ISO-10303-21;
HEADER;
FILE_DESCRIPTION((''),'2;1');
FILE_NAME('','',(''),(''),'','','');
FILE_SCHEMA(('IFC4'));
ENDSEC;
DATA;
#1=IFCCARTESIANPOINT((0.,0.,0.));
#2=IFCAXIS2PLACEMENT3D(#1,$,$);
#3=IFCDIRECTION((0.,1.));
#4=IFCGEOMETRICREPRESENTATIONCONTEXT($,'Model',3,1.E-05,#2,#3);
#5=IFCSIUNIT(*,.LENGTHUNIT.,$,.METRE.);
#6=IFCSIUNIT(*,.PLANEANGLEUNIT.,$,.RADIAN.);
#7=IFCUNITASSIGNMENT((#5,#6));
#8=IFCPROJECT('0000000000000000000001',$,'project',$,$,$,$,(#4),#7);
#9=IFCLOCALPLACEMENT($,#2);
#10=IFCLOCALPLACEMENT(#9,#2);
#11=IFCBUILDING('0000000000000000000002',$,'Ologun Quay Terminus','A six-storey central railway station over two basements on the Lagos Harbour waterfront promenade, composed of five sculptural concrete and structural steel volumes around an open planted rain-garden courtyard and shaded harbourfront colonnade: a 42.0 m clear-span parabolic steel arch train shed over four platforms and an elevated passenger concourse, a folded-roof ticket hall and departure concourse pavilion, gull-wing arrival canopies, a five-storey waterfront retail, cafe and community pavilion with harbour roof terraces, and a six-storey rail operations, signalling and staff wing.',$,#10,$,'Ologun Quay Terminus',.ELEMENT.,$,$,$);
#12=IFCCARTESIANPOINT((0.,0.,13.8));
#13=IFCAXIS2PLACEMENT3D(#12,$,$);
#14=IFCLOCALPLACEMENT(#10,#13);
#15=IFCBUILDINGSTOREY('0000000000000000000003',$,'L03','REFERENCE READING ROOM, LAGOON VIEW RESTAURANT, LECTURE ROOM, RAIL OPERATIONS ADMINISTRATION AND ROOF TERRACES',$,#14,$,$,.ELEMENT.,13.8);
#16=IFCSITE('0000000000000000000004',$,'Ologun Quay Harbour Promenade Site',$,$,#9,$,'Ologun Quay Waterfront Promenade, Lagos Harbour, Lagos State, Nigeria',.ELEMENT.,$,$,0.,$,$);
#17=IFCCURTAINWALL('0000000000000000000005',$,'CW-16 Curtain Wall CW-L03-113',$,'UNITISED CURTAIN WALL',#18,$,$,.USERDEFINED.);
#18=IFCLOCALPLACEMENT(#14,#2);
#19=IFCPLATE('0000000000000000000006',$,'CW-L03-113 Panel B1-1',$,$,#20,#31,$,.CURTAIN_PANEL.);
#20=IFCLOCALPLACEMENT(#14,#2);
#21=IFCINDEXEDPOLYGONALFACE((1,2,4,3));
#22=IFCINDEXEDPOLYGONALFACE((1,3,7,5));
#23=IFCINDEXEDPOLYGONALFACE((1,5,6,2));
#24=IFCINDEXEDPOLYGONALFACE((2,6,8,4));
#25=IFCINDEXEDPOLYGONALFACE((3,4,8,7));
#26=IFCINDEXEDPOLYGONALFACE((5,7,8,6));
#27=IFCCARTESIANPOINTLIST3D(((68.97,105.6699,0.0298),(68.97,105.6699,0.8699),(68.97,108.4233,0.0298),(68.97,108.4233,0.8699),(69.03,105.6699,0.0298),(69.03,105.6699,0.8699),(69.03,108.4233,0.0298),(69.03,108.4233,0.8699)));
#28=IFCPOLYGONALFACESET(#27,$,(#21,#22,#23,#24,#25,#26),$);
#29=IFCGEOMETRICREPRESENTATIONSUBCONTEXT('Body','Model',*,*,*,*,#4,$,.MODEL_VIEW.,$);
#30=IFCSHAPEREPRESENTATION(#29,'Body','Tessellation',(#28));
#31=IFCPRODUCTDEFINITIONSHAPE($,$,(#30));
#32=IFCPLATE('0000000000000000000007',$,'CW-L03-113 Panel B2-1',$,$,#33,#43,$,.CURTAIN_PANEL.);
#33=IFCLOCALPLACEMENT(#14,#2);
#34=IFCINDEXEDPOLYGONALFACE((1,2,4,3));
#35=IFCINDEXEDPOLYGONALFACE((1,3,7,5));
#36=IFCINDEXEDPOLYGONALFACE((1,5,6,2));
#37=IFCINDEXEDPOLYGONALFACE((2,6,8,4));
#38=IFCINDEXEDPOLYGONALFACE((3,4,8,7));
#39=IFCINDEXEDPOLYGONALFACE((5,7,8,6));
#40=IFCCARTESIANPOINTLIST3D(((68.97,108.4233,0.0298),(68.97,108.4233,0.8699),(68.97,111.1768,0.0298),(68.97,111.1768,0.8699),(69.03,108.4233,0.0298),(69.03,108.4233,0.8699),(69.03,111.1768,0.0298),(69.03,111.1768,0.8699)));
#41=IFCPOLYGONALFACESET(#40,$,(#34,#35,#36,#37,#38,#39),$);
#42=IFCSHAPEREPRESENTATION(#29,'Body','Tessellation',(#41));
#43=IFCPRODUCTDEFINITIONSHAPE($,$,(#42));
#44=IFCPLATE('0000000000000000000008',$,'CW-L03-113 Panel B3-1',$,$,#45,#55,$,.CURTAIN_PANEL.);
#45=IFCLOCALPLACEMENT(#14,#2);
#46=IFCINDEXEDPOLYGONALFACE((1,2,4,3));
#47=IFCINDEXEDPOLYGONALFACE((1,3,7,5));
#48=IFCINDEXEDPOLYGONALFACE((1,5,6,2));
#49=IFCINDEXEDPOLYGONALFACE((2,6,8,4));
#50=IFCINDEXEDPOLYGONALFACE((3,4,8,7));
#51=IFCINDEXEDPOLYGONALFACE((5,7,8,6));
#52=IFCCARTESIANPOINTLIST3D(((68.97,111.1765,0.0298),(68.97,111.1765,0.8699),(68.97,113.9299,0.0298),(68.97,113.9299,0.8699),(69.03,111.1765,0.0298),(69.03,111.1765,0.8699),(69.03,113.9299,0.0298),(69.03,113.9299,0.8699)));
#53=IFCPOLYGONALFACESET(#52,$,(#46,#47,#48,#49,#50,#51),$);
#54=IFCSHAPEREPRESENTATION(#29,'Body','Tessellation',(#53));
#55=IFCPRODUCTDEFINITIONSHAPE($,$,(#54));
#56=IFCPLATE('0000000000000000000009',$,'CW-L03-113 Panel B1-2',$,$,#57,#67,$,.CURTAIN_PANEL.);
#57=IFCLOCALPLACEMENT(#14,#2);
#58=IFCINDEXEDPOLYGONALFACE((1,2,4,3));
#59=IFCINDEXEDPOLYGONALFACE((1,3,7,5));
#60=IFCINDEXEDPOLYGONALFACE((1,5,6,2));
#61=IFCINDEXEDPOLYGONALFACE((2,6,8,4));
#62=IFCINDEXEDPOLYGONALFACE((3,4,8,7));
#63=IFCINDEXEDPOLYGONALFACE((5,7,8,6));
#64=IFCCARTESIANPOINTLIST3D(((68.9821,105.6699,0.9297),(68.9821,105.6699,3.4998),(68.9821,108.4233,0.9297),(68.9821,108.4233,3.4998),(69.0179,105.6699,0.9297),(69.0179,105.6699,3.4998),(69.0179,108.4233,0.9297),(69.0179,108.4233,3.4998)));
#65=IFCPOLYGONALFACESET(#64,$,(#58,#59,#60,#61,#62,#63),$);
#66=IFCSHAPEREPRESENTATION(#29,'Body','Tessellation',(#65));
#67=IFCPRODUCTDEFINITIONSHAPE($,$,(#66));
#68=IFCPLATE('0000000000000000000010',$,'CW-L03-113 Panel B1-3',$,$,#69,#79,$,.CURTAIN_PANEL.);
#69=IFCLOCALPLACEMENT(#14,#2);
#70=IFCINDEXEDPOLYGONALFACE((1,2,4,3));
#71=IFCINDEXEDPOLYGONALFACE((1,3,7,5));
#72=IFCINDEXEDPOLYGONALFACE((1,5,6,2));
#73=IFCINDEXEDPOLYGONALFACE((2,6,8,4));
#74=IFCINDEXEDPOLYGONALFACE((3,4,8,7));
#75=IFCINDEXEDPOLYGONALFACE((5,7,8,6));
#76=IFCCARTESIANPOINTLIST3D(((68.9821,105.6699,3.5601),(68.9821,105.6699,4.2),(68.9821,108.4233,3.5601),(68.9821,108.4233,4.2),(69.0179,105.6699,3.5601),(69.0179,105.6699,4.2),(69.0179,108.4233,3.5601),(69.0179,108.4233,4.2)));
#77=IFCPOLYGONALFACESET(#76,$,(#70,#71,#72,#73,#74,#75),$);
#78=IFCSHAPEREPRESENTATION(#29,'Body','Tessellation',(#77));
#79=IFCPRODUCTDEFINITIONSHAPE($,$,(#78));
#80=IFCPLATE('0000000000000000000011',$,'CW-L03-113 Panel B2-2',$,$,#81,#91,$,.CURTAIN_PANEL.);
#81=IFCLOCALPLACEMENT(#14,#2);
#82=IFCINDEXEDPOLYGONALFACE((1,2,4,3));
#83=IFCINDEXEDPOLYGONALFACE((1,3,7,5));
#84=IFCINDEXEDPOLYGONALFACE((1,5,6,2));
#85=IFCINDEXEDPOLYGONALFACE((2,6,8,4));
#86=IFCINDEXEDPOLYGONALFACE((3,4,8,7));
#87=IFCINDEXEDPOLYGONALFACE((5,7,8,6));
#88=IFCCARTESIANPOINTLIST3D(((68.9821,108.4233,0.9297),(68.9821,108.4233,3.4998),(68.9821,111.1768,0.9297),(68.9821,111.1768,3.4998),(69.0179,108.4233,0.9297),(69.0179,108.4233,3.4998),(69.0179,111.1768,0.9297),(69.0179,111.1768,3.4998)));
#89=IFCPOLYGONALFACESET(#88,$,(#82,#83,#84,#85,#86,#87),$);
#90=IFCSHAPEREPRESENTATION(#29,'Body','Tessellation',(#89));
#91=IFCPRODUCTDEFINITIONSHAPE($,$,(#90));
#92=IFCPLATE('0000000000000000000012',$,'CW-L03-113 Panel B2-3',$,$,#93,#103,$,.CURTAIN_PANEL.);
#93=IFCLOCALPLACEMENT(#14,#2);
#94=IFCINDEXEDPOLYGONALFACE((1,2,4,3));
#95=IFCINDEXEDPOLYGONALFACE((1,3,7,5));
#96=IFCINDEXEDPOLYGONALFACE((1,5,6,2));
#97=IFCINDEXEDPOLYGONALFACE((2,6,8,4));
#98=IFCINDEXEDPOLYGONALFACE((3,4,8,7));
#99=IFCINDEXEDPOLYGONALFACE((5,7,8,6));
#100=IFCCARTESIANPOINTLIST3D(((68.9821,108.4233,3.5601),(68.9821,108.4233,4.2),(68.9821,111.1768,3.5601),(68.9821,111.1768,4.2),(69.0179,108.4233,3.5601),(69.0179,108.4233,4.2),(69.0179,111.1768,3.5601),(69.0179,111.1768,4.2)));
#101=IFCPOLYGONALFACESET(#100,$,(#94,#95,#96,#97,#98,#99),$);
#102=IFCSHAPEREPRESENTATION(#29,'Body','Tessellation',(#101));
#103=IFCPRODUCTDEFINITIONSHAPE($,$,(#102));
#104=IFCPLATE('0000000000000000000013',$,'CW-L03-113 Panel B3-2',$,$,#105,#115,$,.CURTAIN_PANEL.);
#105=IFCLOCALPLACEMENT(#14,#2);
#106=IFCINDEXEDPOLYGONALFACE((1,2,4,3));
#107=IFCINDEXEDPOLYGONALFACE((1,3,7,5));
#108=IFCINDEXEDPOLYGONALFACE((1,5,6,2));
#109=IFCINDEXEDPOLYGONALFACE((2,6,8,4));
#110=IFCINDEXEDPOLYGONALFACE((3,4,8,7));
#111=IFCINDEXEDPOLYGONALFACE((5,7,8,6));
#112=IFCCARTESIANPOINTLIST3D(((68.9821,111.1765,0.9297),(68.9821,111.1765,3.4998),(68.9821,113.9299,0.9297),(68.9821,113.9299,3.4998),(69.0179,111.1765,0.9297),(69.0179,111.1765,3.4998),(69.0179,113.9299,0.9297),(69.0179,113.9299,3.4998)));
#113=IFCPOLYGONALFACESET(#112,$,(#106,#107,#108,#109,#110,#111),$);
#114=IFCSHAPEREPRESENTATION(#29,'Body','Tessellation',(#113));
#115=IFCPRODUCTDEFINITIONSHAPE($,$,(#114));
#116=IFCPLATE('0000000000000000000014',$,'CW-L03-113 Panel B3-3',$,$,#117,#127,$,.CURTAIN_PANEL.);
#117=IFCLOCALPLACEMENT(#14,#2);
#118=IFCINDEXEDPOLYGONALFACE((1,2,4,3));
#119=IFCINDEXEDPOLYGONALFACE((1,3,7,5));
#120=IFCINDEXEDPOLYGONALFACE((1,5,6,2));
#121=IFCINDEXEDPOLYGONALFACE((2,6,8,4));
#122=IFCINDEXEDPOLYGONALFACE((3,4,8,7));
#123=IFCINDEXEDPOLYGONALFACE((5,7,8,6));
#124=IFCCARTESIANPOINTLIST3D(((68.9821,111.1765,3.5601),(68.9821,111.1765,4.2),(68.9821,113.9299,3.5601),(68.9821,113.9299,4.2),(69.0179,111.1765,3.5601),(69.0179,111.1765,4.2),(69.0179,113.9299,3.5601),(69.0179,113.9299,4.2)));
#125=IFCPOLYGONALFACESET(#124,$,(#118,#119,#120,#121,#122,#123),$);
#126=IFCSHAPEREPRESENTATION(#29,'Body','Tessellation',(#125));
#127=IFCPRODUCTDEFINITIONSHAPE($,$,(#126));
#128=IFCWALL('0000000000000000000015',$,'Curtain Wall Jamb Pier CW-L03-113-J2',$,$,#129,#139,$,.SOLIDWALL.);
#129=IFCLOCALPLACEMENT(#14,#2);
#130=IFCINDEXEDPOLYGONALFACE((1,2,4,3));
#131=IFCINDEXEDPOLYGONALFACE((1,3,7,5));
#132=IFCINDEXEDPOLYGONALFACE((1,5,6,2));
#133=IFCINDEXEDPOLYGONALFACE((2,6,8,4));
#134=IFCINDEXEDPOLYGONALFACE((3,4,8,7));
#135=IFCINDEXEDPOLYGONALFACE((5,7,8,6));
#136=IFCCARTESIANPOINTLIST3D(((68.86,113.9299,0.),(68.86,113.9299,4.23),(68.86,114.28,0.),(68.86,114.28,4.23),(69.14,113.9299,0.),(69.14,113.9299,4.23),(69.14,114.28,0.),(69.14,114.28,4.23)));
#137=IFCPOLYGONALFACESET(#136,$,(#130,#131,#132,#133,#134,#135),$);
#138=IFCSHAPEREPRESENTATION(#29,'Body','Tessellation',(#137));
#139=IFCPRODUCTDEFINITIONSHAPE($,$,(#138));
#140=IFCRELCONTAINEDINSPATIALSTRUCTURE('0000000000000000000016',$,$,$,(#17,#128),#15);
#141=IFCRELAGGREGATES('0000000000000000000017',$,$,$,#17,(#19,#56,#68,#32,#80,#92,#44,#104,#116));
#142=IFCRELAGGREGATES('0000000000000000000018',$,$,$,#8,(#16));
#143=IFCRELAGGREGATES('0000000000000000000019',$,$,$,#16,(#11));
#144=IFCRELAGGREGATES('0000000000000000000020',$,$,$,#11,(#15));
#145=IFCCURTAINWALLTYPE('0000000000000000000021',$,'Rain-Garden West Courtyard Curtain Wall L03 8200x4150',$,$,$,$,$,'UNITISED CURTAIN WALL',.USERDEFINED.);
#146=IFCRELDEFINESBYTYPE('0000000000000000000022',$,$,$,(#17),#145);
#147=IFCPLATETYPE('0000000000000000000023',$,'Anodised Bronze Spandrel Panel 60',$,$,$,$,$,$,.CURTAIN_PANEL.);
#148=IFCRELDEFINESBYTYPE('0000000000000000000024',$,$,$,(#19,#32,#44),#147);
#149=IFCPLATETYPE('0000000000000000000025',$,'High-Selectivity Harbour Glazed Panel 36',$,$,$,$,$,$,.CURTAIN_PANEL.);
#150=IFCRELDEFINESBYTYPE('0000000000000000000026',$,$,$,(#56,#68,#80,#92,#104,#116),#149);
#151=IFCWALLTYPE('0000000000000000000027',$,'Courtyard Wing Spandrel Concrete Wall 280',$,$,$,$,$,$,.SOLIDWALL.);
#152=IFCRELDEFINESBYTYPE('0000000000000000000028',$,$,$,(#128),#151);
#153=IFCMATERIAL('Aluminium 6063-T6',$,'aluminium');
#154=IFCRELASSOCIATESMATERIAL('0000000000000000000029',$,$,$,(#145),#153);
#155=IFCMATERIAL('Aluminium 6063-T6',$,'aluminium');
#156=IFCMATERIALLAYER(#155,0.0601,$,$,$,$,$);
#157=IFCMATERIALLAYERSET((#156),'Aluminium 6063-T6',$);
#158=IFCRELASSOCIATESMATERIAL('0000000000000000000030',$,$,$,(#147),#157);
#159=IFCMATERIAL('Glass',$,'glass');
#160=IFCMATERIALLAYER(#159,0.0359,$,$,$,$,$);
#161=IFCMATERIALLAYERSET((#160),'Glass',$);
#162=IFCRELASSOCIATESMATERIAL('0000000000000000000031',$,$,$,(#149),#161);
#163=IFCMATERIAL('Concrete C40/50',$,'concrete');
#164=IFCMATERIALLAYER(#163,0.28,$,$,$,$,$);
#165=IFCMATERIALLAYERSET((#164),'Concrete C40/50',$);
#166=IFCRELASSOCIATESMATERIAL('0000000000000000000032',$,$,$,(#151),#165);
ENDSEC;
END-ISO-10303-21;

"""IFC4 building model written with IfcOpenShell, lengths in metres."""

from ifc_helpers import new_model, si_unit, direction, frame, frame_2d, origin, origin_2d, place, context, subcontext, project, spatial, rectangle, extrude, material, layer, layer_set, type_object, element, aggregate, save


model = new_model("IFC4")

# Units and contexts
model_context = context("Model", 3, precision=1e-05, world=origin(), true_north=direction((0.0, 1.0)))
body_context = subcontext(model_context, "Body", "Model", "MODEL_VIEW")
ifc_project = project(units=[si_unit("LENGTHUNIT", "METRE"), si_unit("PLANEANGLEUNIT", "RADIAN")], contexts=[model_context])

# Site, building, storey
site_placement = place(None, origin())
site = spatial("IfcSite", under=ifc_project, at=site_placement, Name="Ologun Quay Harbour Promenade Site", LongName="Ologun Quay Waterfront Promenade, Lagos Harbour, Lagos State, Nigeria", CompositionType="ELEMENT", RefElevation=0.0)
building_placement = place(site_placement, origin())
building = spatial("IfcBuilding", under=site, at=building_placement, Name="Ologun Quay Terminus", Description="A six-storey central railway station over two basements on the Lagos Harbour waterfront promenade, composed of five sculptural concrete and structural steel volumes around an open planted rain-garden courtyard and shaded harbourfront colonnade: a 42.0 m clear-span parabolic steel arch train shed over four platforms and an elevated passenger concourse, a folded-roof ticket hall and departure concourse pavilion, gull-wing arrival canopies, a five-storey waterfront retail, cafe and community pavilion with harbour roof terraces, and a six-storey rail operations, signalling and staff wing.", LongName="Ologun Quay Terminus", CompositionType="ELEMENT")
storey_placement = place(building_placement, frame((0.0, 0.0, 13.8)))
storey = spatial("IfcBuildingStorey", under=building, at=storey_placement, Name="L03", Description="REFERENCE READING ROOM, LAGOON VIEW RESTAURANT, LECTURE ROOM, RAIL OPERATIONS ADMINISTRATION AND ROOF TERRACES", CompositionType="ELEMENT", Elevation=13.8)

# Curtain wall, plates
ifc_material_1 = material(Name="Aluminium 6063-T6", Category="aluminium")
curtain_wall_type = type_object("IfcCurtainWallType", Name="Rain-Garden West Courtyard Curtain Wall L03 8200x4150", ElementType="UNITISED CURTAIN WALL", PredefinedType="USERDEFINED", material=ifc_material_1)
curtain_wall_placement = place(storey_placement, origin())
curtain_wall = element("IfcCurtainWall", 1, at=curtain_wall_placement, inside=storey, type_object=curtain_wall_type, Name="CW-16 Curtain Wall CW-L03-113", ObjectType="UNITISED CURTAIN WALL", PredefinedType="USERDEFINED")
ifc_material_2 = material(Name="Aluminium 6063-T6", Category="aluminium")
ifc_layer_1 = layer(ifc_material_2, 0.0601)
ifc_layer_set_1 = layer_set([ifc_layer_1], Name="Aluminium 6063-T6")
plate_type_1 = type_object("IfcPlateType", Name="Anodised Bronze Spandrel Panel 60", PredefinedType="CURTAIN_PANEL", material=ifc_layer_set_1)
plate_1_placement = place(storey_placement, frame((69.0, 107.0466, 0.0298), z_axis=(0.0, 0.0, 1.0), x_axis=(0.0, 1.0, 0.0)))
plate_1 = element("IfcPlate", 2, at=plate_1_placement, type_object=plate_type_1, Name="CW-L03-113 Panel B1-1", PredefinedType="CURTAIN_PANEL", context=body_context, shape_type="SweptSolid", body=[
    extrude(rectangle(XDim=2.7534, YDim=0.0601, at=origin_2d()), origin(), (0.0, 0.0, 1.0), 0.8401),
])
plate_2_placement = place(storey_placement, frame((69.0, 109.8, 0.0298), z_axis=(0.0, 0.0, 1.0), x_axis=(0.0, 1.0, 0.0)))
plate_2 = element("IfcPlate", 3, at=plate_2_placement, type_object=plate_type_1, Name="CW-L03-113 Panel B2-1", PredefinedType="CURTAIN_PANEL", context=body_context, shape_type="SweptSolid", body=[
    extrude(rectangle(XDim=2.7534, YDim=0.0601, at=origin_2d()), origin(), (0.0, 0.0, 1.0), 0.8401),
])
plate_3_placement = place(storey_placement, frame((69.0, 112.5532, 0.0298), z_axis=(0.0, 0.0, 1.0), x_axis=(0.0, 1.0, 0.0)))
plate_3 = element("IfcPlate", 4, at=plate_3_placement, type_object=plate_type_1, Name="CW-L03-113 Panel B3-1", PredefinedType="CURTAIN_PANEL", context=body_context, shape_type="SweptSolid", body=[
    extrude(rectangle(XDim=2.7534, YDim=0.0601, at=origin_2d()), origin(), (0.0, 0.0, 1.0), 0.8401),
])
ifc_material_3 = material(Name="Glass", Category="glass")
ifc_layer_2 = layer(ifc_material_3, 0.0359)
ifc_layer_set_2 = layer_set([ifc_layer_2], Name="Glass")
plate_type_2 = type_object("IfcPlateType", Name="High-Selectivity Harbour Glazed Panel 36", PredefinedType="CURTAIN_PANEL", material=ifc_layer_set_2)
plate_4_placement = place(storey_placement, frame((69.0, 107.0466, 0.9297), z_axis=(0.0, 0.0, 1.0), x_axis=(0.0, 1.0, 0.0)))
plate_4 = element("IfcPlate", 5, at=plate_4_placement, type_object=plate_type_2, Name="CW-L03-113 Panel B1-2", PredefinedType="CURTAIN_PANEL", context=body_context, shape_type="SweptSolid", body=[
    extrude(rectangle(XDim=2.7534, YDim=0.0359, at=origin_2d()), origin(), (0.0, 0.0, 1.0), 2.5701),
])
plate_5_placement = place(storey_placement, frame((69.0, 107.0466, 3.5601), z_axis=(0.0, 0.0, 1.0), x_axis=(0.0, 1.0, 0.0)))
plate_5 = element("IfcPlate", 6, at=plate_5_placement, type_object=plate_type_2, Name="CW-L03-113 Panel B1-3", PredefinedType="CURTAIN_PANEL", context=body_context, shape_type="SweptSolid", body=[
    extrude(rectangle(XDim=2.7534, YDim=0.0359, at=origin_2d()), origin(), (0.0, 0.0, 1.0), 0.6399),
])
plate_6_placement = place(storey_placement, frame((69.0, 109.8, 0.9297), z_axis=(0.0, 0.0, 1.0), x_axis=(0.0, 1.0, 0.0)))
plate_6 = element("IfcPlate", 7, at=plate_6_placement, type_object=plate_type_2, Name="CW-L03-113 Panel B2-2", PredefinedType="CURTAIN_PANEL", context=body_context, shape_type="SweptSolid", body=[
    extrude(rectangle(XDim=2.7534, YDim=0.0359, at=origin_2d()), origin(), (0.0, 0.0, 1.0), 2.5701),
])
plate_7_placement = place(storey_placement, frame((69.0, 109.8, 3.5601), z_axis=(0.0, 0.0, 1.0), x_axis=(0.0, 1.0, 0.0)))
plate_7 = element("IfcPlate", 8, at=plate_7_placement, type_object=plate_type_2, Name="CW-L03-113 Panel B2-3", PredefinedType="CURTAIN_PANEL", context=body_context, shape_type="SweptSolid", body=[
    extrude(rectangle(XDim=2.7534, YDim=0.0359, at=origin_2d()), origin(), (0.0, 0.0, 1.0), 0.6399),
])
plate_8_placement = place(storey_placement, frame((69.0, 112.5532, 0.9297), z_axis=(0.0, 0.0, 1.0), x_axis=(0.0, 1.0, 0.0)))
plate_8 = element("IfcPlate", 9, at=plate_8_placement, type_object=plate_type_2, Name="CW-L03-113 Panel B3-2", PredefinedType="CURTAIN_PANEL", context=body_context, shape_type="SweptSolid", body=[
    extrude(rectangle(XDim=2.7534, YDim=0.0359, at=origin_2d()), origin(), (0.0, 0.0, 1.0), 2.5701),
])
plate_9_placement = place(storey_placement, frame((69.0, 112.5532, 3.5601), z_axis=(0.0, 0.0, 1.0), x_axis=(0.0, 1.0, 0.0)))
plate_9 = element("IfcPlate", 10, at=plate_9_placement, type_object=plate_type_2, Name="CW-L03-113 Panel B3-3", PredefinedType="CURTAIN_PANEL", context=body_context, shape_type="SweptSolid", body=[
    extrude(rectangle(XDim=2.7534, YDim=0.0359, at=origin_2d()), origin(), (0.0, 0.0, 1.0), 0.6399),
])
aggregate(curtain_wall, [plate_1, plate_4, plate_5, plate_2, plate_6, plate_7, plate_3, plate_8, plate_9])

# Wall
ifc_material_4 = material(Name="Concrete C40/50", Category="concrete")
ifc_layer_3 = layer(ifc_material_4, 0.28)
ifc_layer_set_3 = layer_set([ifc_layer_3], Name="Concrete C40/50")
wall_type = type_object("IfcWallType", Name="Courtyard Wing Spandrel Concrete Wall 280", PredefinedType="SOLIDWALL", material=ifc_layer_set_3)
wall_placement = place(storey_placement, frame((69.0, 113.9299, 0.0), z_axis=(0.0, 0.0, 1.0), x_axis=(0.0, 1.0, 0.0)))
element("IfcWall", 11, at=wall_placement, inside=storey, type_object=wall_type, Name="Curtain Wall Jamb Pier CW-L03-113-J2", PredefinedType="SOLIDWALL", context=body_context, shape_type="SweptSolid", body=[
    extrude(rectangle(XDim=0.3501, YDim=0.28, at=frame_2d((0.175, 0.0))), origin(), (0.0, 0.0, 1.0), 4.23),
])

save(model, "model.ifc")
